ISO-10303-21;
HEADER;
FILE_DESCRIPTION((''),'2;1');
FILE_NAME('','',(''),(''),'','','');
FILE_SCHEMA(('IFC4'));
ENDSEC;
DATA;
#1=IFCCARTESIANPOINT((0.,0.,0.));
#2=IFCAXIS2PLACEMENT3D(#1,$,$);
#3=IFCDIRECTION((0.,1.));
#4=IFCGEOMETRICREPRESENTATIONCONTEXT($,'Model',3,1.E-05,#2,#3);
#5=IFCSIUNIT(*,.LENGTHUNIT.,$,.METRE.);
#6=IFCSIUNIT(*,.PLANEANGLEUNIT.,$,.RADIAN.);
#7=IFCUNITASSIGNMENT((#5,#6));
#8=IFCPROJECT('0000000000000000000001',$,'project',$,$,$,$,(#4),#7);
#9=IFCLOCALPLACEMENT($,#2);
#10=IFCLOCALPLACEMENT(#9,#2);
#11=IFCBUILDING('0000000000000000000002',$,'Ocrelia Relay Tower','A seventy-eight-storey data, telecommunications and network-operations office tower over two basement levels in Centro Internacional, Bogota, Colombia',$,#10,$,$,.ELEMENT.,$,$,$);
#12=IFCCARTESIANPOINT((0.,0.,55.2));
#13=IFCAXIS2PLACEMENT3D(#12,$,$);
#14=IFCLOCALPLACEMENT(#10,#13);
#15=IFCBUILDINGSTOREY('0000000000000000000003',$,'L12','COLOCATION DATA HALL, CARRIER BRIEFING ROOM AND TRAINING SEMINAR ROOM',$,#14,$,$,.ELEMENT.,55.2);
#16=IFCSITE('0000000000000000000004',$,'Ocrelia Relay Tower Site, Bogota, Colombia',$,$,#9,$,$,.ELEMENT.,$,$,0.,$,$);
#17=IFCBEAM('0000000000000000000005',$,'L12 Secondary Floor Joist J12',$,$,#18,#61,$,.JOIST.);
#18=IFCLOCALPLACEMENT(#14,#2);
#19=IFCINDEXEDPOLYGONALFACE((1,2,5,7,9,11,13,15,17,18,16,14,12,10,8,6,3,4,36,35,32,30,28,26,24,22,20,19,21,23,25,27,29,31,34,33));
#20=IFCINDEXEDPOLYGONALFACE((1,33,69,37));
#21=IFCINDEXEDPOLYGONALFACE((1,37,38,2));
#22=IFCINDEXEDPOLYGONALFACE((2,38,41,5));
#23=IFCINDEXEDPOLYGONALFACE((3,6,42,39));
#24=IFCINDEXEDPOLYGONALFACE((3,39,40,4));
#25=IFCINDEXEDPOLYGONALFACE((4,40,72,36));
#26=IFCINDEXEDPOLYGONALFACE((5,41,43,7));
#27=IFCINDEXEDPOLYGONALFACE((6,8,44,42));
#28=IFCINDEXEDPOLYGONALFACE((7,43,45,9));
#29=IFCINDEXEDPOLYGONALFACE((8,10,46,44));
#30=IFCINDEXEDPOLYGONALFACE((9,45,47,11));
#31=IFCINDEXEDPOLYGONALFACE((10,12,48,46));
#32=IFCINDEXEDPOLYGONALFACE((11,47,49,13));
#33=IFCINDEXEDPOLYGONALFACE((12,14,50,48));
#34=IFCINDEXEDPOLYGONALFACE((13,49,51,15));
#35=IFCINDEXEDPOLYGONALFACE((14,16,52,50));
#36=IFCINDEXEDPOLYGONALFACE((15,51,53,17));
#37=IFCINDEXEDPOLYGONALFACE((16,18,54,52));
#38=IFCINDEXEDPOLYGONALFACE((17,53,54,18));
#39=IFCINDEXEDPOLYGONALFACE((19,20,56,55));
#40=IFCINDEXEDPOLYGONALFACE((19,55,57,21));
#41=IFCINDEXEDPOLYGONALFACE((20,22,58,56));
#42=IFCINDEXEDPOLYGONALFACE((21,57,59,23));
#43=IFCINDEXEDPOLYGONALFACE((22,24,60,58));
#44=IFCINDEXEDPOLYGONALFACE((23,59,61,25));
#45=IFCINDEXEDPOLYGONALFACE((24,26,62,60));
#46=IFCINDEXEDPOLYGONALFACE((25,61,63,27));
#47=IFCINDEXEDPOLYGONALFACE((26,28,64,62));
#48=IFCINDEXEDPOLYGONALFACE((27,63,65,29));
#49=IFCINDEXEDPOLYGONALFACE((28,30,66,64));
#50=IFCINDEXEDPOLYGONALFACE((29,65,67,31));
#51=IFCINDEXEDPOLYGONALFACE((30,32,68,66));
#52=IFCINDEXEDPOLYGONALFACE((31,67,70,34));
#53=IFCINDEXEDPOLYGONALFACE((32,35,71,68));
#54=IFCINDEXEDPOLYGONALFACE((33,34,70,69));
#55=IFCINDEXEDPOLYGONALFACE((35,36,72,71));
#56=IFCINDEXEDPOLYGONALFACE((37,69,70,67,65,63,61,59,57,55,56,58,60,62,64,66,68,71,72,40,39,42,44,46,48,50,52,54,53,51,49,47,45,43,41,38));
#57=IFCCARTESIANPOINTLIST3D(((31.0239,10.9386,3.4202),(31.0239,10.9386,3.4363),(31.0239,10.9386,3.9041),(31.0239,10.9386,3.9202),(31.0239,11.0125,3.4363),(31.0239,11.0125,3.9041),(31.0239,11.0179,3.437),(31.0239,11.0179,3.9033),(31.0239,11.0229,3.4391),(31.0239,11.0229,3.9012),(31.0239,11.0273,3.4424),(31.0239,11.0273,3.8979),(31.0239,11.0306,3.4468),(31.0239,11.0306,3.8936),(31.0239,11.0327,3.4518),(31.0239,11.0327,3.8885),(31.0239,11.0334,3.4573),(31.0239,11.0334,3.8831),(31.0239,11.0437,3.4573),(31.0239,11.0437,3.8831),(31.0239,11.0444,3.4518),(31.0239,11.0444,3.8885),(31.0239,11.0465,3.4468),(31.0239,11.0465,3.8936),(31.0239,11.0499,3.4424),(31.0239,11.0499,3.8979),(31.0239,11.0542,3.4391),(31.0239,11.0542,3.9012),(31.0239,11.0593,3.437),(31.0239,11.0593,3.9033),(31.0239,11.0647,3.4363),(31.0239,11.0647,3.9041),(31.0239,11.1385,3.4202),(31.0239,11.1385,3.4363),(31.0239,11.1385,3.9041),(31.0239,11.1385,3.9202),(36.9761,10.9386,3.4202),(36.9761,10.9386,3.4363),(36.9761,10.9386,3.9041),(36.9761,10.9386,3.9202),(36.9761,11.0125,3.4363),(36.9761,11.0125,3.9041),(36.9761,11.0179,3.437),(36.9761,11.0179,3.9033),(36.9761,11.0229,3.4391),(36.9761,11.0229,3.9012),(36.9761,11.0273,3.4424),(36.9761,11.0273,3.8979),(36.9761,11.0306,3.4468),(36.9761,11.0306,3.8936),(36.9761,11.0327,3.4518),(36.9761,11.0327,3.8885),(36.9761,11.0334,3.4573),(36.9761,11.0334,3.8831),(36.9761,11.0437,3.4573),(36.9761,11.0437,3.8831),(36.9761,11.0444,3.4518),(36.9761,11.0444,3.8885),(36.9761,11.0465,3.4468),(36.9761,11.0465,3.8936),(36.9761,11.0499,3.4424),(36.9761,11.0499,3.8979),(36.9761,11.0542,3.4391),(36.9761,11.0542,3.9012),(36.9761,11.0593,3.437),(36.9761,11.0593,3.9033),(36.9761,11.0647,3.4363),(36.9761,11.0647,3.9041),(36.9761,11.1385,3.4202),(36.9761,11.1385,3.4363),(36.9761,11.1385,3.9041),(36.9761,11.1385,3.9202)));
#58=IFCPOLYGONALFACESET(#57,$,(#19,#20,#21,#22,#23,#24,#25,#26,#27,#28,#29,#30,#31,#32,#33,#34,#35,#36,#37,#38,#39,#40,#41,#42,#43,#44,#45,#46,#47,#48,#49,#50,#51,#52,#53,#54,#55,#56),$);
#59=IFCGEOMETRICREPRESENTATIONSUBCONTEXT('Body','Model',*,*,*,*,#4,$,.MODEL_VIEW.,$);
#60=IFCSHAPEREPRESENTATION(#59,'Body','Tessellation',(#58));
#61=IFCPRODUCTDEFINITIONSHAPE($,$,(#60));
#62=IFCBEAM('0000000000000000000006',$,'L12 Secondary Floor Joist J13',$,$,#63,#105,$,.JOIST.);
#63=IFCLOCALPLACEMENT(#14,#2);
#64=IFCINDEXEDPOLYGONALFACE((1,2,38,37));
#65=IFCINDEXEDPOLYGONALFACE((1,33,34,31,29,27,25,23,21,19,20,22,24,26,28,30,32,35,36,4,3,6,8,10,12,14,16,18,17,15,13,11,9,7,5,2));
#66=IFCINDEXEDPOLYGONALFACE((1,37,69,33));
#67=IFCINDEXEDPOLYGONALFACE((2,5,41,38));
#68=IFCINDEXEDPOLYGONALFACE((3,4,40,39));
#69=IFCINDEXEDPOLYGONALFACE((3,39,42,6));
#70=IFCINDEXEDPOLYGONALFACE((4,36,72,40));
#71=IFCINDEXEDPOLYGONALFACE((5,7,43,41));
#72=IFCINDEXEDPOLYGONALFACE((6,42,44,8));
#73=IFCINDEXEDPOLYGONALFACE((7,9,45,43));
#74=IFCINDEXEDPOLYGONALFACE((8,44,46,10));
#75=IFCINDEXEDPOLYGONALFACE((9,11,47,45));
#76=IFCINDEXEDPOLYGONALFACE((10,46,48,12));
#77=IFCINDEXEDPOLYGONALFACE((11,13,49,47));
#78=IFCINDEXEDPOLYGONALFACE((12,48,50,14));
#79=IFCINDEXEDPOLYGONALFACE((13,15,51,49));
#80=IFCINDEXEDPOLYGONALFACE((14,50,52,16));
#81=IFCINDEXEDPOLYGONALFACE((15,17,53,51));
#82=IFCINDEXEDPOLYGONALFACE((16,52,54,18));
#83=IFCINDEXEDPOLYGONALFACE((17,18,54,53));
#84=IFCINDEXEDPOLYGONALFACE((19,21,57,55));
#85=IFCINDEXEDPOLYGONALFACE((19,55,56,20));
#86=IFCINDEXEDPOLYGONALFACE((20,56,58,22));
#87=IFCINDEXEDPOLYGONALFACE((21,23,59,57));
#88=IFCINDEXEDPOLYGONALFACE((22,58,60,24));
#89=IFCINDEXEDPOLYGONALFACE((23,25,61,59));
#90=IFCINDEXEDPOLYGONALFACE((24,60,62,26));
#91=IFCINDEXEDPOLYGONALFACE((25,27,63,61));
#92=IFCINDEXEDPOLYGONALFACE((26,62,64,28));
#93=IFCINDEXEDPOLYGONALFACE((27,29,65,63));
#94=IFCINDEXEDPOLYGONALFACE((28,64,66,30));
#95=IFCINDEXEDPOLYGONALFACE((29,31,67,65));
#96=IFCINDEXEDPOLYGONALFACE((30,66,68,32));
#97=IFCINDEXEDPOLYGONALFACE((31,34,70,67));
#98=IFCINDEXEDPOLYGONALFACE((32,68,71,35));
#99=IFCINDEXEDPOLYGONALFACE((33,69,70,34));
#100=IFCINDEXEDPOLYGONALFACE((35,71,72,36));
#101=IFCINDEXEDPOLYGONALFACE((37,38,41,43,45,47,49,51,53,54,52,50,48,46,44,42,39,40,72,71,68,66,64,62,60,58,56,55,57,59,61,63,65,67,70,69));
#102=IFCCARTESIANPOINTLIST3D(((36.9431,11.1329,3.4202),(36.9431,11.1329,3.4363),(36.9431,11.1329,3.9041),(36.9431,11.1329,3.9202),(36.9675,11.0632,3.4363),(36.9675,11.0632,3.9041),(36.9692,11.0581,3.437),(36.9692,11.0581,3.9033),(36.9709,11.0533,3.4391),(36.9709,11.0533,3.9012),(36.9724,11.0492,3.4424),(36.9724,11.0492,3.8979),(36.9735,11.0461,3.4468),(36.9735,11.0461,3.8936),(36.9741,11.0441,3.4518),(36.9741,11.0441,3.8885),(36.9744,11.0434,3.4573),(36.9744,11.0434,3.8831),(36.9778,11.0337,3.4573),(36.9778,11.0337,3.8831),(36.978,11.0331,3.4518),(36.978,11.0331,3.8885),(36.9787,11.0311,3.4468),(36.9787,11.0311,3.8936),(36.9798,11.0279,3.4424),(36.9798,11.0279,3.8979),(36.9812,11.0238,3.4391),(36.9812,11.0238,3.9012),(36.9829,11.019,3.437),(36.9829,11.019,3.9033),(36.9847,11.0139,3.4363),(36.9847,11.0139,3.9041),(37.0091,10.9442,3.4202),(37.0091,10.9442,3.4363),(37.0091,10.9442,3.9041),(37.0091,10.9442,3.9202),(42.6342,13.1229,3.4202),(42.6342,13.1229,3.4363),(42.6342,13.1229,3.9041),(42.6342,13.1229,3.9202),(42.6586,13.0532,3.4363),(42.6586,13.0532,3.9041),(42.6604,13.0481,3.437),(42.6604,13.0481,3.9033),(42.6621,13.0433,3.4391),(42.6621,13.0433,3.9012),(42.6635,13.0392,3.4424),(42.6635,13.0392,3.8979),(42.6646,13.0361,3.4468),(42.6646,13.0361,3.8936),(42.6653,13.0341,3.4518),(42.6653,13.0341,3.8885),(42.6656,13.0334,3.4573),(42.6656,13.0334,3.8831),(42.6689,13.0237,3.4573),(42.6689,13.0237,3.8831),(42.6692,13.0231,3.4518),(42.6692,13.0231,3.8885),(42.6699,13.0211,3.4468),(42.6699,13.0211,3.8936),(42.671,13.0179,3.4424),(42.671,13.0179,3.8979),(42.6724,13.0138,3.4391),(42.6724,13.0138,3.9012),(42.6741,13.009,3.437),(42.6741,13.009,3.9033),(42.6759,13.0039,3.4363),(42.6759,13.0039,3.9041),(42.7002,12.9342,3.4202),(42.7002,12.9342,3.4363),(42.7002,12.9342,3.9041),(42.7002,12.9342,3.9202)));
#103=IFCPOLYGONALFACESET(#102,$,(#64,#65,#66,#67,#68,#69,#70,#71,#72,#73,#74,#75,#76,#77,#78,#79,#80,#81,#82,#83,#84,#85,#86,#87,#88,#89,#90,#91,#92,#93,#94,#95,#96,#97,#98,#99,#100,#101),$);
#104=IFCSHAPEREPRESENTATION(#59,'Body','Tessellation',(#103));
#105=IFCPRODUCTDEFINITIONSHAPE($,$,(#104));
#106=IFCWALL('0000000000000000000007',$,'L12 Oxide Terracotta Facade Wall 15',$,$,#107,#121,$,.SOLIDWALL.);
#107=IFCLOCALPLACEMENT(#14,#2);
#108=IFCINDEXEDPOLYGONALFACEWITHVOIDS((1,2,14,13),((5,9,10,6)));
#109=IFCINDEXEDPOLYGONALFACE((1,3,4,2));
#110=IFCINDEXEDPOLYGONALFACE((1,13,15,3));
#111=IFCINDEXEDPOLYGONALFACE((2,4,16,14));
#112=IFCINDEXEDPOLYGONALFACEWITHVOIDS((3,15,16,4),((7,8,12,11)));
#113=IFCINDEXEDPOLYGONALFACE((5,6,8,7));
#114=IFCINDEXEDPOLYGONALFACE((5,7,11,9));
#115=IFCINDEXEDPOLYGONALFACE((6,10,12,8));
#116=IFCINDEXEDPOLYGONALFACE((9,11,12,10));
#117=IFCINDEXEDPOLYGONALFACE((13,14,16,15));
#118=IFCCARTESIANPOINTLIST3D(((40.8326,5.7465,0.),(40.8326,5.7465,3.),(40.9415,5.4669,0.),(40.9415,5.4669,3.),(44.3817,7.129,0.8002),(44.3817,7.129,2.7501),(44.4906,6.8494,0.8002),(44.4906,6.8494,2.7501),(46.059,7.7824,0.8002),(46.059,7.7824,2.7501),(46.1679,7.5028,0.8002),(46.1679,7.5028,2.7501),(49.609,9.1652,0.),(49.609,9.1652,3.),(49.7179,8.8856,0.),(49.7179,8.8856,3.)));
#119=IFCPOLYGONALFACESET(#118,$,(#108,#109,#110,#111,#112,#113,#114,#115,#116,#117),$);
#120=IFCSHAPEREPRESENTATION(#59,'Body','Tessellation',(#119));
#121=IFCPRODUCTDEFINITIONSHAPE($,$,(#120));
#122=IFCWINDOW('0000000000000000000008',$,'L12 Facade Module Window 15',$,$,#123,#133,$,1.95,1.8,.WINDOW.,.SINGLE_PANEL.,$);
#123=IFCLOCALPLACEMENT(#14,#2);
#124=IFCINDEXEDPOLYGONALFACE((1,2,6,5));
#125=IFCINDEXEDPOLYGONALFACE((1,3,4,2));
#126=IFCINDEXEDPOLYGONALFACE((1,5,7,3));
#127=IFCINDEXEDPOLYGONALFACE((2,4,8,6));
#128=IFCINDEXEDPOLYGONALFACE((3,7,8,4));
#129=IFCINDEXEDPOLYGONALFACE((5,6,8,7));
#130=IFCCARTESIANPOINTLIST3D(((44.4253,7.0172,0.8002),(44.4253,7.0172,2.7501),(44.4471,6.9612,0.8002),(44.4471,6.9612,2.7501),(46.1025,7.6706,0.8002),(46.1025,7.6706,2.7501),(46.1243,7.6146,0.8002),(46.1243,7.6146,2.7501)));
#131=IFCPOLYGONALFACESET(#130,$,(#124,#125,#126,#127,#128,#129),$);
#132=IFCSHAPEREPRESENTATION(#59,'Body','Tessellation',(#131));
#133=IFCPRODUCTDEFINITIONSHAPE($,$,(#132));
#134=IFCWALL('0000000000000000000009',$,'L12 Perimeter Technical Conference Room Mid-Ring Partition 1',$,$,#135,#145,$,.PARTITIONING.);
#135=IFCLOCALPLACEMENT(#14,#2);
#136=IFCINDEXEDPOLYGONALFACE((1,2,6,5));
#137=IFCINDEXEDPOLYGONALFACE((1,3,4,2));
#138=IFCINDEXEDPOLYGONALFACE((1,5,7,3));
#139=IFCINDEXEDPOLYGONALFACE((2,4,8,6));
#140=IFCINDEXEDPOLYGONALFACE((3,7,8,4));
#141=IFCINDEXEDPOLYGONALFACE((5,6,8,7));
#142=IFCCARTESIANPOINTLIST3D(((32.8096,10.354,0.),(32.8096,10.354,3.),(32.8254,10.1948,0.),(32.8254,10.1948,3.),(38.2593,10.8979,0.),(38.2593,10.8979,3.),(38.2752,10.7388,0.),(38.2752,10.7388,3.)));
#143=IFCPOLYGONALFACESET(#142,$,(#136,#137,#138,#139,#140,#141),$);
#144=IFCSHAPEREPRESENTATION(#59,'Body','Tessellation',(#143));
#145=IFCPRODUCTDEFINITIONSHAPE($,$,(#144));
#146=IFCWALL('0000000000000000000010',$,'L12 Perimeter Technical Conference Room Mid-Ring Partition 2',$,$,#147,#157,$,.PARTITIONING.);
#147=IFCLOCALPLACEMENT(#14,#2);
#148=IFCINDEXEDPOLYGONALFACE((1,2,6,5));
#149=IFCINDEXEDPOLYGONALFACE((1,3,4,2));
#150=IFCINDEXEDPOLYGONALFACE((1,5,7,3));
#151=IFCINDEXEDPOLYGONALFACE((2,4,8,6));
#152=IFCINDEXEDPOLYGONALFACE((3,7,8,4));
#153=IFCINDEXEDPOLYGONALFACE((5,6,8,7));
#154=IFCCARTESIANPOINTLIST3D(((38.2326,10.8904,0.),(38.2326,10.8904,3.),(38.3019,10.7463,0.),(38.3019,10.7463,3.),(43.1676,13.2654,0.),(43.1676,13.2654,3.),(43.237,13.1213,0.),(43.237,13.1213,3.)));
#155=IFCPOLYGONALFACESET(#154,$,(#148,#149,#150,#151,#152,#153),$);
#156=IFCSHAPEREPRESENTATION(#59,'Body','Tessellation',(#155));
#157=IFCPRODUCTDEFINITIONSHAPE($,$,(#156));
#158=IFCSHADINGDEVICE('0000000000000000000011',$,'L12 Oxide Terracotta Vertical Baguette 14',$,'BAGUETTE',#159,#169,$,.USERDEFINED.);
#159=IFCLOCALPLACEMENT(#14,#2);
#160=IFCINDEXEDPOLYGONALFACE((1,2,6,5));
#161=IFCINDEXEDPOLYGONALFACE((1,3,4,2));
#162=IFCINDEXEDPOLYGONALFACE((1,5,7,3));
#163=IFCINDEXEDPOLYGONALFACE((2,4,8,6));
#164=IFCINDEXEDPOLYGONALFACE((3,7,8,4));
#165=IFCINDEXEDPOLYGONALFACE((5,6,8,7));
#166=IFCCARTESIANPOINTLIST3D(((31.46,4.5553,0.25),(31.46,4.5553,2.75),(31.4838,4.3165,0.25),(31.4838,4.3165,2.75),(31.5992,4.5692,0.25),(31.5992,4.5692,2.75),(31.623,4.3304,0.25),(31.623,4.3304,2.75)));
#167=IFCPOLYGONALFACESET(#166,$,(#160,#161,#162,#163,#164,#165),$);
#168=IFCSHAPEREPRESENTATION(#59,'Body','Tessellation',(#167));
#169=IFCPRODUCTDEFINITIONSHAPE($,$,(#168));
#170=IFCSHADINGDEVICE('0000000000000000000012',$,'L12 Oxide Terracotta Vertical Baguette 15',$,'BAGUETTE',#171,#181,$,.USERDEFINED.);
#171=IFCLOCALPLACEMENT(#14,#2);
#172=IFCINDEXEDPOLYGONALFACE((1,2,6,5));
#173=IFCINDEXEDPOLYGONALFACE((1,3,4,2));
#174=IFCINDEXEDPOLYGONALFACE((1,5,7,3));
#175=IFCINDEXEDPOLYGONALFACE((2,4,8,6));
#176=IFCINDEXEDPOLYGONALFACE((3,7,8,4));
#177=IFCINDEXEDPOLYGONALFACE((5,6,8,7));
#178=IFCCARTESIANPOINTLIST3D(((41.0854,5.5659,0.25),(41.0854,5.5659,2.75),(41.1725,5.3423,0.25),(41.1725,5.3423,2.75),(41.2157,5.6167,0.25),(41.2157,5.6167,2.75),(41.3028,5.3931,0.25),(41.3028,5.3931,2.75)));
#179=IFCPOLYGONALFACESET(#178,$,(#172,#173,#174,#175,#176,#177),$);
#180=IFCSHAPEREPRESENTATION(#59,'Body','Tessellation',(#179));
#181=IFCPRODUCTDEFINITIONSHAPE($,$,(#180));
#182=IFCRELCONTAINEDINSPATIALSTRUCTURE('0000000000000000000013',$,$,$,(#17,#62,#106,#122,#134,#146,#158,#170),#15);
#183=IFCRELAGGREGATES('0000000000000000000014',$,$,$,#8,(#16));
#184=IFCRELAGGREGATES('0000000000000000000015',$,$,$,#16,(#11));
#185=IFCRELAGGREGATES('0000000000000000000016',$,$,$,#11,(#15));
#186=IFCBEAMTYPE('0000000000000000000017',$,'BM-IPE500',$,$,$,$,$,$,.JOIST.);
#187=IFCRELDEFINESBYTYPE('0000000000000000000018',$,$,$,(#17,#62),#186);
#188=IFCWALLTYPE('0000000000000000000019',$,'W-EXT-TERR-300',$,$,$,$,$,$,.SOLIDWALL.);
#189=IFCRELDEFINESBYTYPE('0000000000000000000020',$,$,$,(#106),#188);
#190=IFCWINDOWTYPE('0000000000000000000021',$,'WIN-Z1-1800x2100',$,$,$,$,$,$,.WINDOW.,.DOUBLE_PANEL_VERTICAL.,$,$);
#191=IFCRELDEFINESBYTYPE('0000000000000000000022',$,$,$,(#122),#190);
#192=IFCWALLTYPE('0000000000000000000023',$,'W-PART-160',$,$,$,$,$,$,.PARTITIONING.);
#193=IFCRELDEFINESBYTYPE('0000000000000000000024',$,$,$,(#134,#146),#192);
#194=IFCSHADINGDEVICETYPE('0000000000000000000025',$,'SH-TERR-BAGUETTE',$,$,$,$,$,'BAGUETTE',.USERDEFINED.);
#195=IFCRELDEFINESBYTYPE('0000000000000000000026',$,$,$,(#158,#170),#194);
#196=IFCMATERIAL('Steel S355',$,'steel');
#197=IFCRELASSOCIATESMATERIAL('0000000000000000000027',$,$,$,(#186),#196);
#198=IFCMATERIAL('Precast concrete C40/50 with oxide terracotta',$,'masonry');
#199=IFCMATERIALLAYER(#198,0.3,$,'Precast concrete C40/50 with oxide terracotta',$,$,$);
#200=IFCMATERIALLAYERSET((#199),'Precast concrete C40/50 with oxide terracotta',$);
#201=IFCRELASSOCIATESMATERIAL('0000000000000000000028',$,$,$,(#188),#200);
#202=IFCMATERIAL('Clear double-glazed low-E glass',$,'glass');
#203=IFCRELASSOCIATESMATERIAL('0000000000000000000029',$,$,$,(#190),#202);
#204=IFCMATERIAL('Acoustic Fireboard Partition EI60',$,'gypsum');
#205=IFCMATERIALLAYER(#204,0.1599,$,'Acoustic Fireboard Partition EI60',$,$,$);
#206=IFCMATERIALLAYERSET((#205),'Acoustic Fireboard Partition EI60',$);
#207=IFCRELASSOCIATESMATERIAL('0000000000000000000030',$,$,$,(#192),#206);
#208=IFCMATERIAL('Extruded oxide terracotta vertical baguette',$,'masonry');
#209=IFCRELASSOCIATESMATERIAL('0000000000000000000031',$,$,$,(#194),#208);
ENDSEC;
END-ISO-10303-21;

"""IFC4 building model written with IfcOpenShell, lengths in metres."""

from ifc_helpers import new_model, si_unit, direction, frame, frame_2d, origin, origin_2d, place, context, subcontext, project, spatial, rectangle, i_section, extrude, material, layer, layer_set, material_profile, profile_set, type_object, element, fill, save


model = new_model("IFC4")

# Units and contexts
model_context = context("Model", 3, precision=1e-05, world=origin(), true_north=direction((0.0, 1.0)))
body_context = subcontext(model_context, "Body", "Model", "MODEL_VIEW")
ifc_project = project(units=[si_unit("LENGTHUNIT", "METRE"), si_unit("PLANEANGLEUNIT", "RADIAN")], contexts=[model_context])

# Site, building, storey
site_placement = place(None, origin())
site = spatial("IfcSite", under=ifc_project, at=site_placement, Name="Ocrelia Relay Tower Site, Bogota, Colombia", CompositionType="ELEMENT", RefElevation=0.0)
building_placement = place(site_placement, origin())
building = spatial("IfcBuilding", under=site, at=building_placement, Name="Ocrelia Relay Tower", Description="A seventy-eight-storey data, telecommunications and network-operations office tower over two basement levels in Centro Internacional, Bogota, Colombia", CompositionType="ELEMENT")
storey_placement = place(building_placement, frame((0.0, 0.0, 55.2)))
storey = spatial("IfcBuildingStorey", under=building, at=storey_placement, Name="L12", Description="COLOCATION DATA HALL, CARRIER BRIEFING ROOM AND TRAINING SEMINAR ROOM", CompositionType="ELEMENT", Elevation=55.2)

# Beams
ifc_material_1 = material(Name="Steel S355", Category="steel")
ifc_material_profile_1 = material_profile(ifc_material_1, i_section(OverallWidth=0.2, OverallDepth=0.5, WebThickness=0.0103, FlangeThickness=0.0161, FilletRadius=0.021, at=origin_2d()), Name="IPE 500")
ifc_profile_set_1 = profile_set([ifc_material_profile_1], Name="Steel S355")
beam_type_1 = type_object("IfcBeamType", Name="BM-IPE500", PredefinedType="JOIST", material=ifc_profile_set_1)
beam_1_placement = place(storey_placement, frame((31.0239, 11.0386, 3.6702), z_axis=(1.0, 0.0, 0.0), x_axis=(0.0, 1.0, 0.0)))
element("IfcBeam", 1, at=beam_1_placement, inside=storey, type_object=beam_type_1, Name="L12 Secondary Floor Joist J12", PredefinedType="JOIST", context=body_context, shape_type="SweptSolid", body=[
    extrude(i_section(OverallWidth=0.2, OverallDepth=0.5, WebThickness=0.0103, FlangeThickness=0.0161, FilletRadius=0.021, at=origin_2d()), origin(), (0.0, 0.0, 1.0), 5.9521),
])
beam_2_placement = place(storey_placement, frame((36.9761, 11.0386, 3.6702), z_axis=(0.943957, 0.330067, 0.0), x_axis=(-0.330067, 0.943957, 0.0)))
element("IfcBeam", 2, at=beam_2_placement, inside=storey, type_object=beam_type_1, Name="L12 Secondary Floor Joist J13", PredefinedType="JOIST", context=body_context, shape_type="SweptSolid", body=[
    extrude(i_section(OverallWidth=0.2, OverallDepth=0.5, WebThickness=0.0103, FlangeThickness=0.0161, FilletRadius=0.021, at=origin_2d()), origin(), (0.0, 0.0, 1.0), 6.0291),
])

# Shared definitions
ifc_material_2 = material(Name="Precast concrete C40/50 with oxide terracotta", Category="masonry")
ifc_layer_1 = layer(ifc_material_2, 0.3, Name="Precast concrete C40/50 with oxide terracotta")
ifc_layer_set_1 = layer_set([ifc_layer_1], Name="Precast concrete C40/50 with oxide terracotta")
wall_type_1 = type_object("IfcWallType", Name="W-EXT-TERR-300", PredefinedType="SOLIDWALL", material=ifc_layer_set_1)

# Wall, opening, window
wall_1_placement = place(storey_placement, frame((40.887, 5.6067, 0.0), z_axis=(0.0, 0.0, 1.0), x_axis=(0.931801, 0.362969, 0.0)))
wall_1 = element("IfcWall", 3, at=wall_1_placement, inside=storey, type_object=wall_type_1, Name="L12 Oxide Terracotta Facade Wall 15", PredefinedType="SOLIDWALL", context=body_context, shape_type="SweptSolid", body=[
    extrude(rectangle(XDim=9.4187, YDim=0.3, at=frame_2d((4.7095, 0.0))), origin(), (0.0, 0.0, 1.0), 3.0),
])
opening_1_placement = place(wall_1_placement, frame((3.8091, 0.0, 0.8)))
opening_1 = element("IfcOpeningElement", 4, at=opening_1_placement, cuts=wall_1, PredefinedType="OPENING", context=body_context, shape_type="SweptSolid", body=[
    extrude(rectangle(XDim=1.8, YDim=1.95, at=frame_2d((0.8999, 0.9751))), frame((0.0, 0.1602, 0.0), z_axis=(0.0, -1.0, 0.0), x_axis=(1.0, 0.0, 0.0)), (0.0, 0.0, 1.0), 0.3201),
])
ifc_material_3 = material(Name="Clear double-glazed low-E glass", Category="glass")
window_type = type_object("IfcWindowType", Name="WIN-Z1-1800x2100", PartitioningType="DOUBLE_PANEL_VERTICAL", PredefinedType="WINDOW", material=ifc_material_3)
window_placement = place(opening_1_placement, origin())
window = element("IfcWindow", 5, at=window_placement, inside=storey, type_object=window_type, Name="L12 Facade Module Window 15", OverallHeight=1.95, OverallWidth=1.8, PartitioningType="SINGLE_PANEL", PredefinedType="WINDOW", context=body_context, shape_type="SweptSolid", body=[
    extrude(rectangle(XDim=1.8, YDim=1.95, at=frame_2d((0.8999, 0.9751))), frame((0.0, 0.03, 0.0), z_axis=(0.0, -1.0, 0.0), x_axis=(1.0, 0.0, 0.0)), (0.0, 0.0, 1.0), 0.0601),
])
fill(opening_1, window)

# Walls
ifc_material_4 = material(Name="Acoustic Fireboard Partition EI60", Category="gypsum")
ifc_layer_2 = layer(ifc_material_4, 0.1599, Name="Acoustic Fireboard Partition EI60")
ifc_layer_set_2 = layer_set([ifc_layer_2], Name="Acoustic Fireboard Partition EI60")
wall_type_2 = type_object("IfcWallType", Name="W-PART-160", PredefinedType="PARTITIONING", material=ifc_layer_set_2)
for number, where, z_axis, x_axis, name in (
    (6, (32.8176, 10.2744, 0.0), (0.0, 0.0, 1.0), (0.995056, 0.099318, 0.0), "L12 Perimeter Technical Conference Room Mid-Ring Partition 1"),
    (7, (38.2673, 10.8184, 0.0), (0.0, 0.0, 1.0), (0.901083, 0.433647, 0.0), "L12 Perimeter Technical Conference Room Mid-Ring Partition 2"),
):
    element("IfcWall", number, at=place(storey_placement, frame(where, z_axis=z_axis, x_axis=x_axis)), inside=storey, type_object=wall_type_2, Name=name, PredefinedType="PARTITIONING", context=body_context, shape_type="SweptSolid", body=[
        extrude(rectangle(XDim=5.4768, YDim=0.1599, at=frame_2d((2.7383, 0.0))), origin(), (0.0, 0.0, 1.0), 3.0),
    ])

# Shading devices
ifc_material_5 = material(Name="Extruded oxide terracotta vertical baguette", Category="masonry")
shading_device_type_1 = type_object("IfcShadingDeviceType", Name="SH-TERR-BAGUETTE", ElementType="BAGUETTE", PredefinedType="USERDEFINED", material=ifc_material_5)
for number, where, z_axis, x_axis, name in (
    (8, (31.5415, 4.4429, 0.25), (0.0, 0.0, 1.0), (0.995056, 0.099318, 0.0), "L12 Oxide Terracotta Vertical Baguette 14"),
    (9, (41.1941, 5.4795, 0.25), (0.0, 0.0, 1.0), (0.931807, 0.362955, 0.0), "L12 Oxide Terracotta Vertical Baguette 15"),
):
    element("IfcShadingDevice", number, at=place(storey_placement, frame(where, z_axis=z_axis, x_axis=x_axis)), inside=storey, type_object=shading_device_type_1, Name=name, ObjectType="BAGUETTE", PredefinedType="USERDEFINED", context=body_context, shape_type="SweptSolid", body=[
        extrude(rectangle(XDim=0.1399, YDim=0.24, at=origin_2d()), origin(), (0.0, 0.0, 1.0), 2.5),
    ])

save(model, "model.ifc")
